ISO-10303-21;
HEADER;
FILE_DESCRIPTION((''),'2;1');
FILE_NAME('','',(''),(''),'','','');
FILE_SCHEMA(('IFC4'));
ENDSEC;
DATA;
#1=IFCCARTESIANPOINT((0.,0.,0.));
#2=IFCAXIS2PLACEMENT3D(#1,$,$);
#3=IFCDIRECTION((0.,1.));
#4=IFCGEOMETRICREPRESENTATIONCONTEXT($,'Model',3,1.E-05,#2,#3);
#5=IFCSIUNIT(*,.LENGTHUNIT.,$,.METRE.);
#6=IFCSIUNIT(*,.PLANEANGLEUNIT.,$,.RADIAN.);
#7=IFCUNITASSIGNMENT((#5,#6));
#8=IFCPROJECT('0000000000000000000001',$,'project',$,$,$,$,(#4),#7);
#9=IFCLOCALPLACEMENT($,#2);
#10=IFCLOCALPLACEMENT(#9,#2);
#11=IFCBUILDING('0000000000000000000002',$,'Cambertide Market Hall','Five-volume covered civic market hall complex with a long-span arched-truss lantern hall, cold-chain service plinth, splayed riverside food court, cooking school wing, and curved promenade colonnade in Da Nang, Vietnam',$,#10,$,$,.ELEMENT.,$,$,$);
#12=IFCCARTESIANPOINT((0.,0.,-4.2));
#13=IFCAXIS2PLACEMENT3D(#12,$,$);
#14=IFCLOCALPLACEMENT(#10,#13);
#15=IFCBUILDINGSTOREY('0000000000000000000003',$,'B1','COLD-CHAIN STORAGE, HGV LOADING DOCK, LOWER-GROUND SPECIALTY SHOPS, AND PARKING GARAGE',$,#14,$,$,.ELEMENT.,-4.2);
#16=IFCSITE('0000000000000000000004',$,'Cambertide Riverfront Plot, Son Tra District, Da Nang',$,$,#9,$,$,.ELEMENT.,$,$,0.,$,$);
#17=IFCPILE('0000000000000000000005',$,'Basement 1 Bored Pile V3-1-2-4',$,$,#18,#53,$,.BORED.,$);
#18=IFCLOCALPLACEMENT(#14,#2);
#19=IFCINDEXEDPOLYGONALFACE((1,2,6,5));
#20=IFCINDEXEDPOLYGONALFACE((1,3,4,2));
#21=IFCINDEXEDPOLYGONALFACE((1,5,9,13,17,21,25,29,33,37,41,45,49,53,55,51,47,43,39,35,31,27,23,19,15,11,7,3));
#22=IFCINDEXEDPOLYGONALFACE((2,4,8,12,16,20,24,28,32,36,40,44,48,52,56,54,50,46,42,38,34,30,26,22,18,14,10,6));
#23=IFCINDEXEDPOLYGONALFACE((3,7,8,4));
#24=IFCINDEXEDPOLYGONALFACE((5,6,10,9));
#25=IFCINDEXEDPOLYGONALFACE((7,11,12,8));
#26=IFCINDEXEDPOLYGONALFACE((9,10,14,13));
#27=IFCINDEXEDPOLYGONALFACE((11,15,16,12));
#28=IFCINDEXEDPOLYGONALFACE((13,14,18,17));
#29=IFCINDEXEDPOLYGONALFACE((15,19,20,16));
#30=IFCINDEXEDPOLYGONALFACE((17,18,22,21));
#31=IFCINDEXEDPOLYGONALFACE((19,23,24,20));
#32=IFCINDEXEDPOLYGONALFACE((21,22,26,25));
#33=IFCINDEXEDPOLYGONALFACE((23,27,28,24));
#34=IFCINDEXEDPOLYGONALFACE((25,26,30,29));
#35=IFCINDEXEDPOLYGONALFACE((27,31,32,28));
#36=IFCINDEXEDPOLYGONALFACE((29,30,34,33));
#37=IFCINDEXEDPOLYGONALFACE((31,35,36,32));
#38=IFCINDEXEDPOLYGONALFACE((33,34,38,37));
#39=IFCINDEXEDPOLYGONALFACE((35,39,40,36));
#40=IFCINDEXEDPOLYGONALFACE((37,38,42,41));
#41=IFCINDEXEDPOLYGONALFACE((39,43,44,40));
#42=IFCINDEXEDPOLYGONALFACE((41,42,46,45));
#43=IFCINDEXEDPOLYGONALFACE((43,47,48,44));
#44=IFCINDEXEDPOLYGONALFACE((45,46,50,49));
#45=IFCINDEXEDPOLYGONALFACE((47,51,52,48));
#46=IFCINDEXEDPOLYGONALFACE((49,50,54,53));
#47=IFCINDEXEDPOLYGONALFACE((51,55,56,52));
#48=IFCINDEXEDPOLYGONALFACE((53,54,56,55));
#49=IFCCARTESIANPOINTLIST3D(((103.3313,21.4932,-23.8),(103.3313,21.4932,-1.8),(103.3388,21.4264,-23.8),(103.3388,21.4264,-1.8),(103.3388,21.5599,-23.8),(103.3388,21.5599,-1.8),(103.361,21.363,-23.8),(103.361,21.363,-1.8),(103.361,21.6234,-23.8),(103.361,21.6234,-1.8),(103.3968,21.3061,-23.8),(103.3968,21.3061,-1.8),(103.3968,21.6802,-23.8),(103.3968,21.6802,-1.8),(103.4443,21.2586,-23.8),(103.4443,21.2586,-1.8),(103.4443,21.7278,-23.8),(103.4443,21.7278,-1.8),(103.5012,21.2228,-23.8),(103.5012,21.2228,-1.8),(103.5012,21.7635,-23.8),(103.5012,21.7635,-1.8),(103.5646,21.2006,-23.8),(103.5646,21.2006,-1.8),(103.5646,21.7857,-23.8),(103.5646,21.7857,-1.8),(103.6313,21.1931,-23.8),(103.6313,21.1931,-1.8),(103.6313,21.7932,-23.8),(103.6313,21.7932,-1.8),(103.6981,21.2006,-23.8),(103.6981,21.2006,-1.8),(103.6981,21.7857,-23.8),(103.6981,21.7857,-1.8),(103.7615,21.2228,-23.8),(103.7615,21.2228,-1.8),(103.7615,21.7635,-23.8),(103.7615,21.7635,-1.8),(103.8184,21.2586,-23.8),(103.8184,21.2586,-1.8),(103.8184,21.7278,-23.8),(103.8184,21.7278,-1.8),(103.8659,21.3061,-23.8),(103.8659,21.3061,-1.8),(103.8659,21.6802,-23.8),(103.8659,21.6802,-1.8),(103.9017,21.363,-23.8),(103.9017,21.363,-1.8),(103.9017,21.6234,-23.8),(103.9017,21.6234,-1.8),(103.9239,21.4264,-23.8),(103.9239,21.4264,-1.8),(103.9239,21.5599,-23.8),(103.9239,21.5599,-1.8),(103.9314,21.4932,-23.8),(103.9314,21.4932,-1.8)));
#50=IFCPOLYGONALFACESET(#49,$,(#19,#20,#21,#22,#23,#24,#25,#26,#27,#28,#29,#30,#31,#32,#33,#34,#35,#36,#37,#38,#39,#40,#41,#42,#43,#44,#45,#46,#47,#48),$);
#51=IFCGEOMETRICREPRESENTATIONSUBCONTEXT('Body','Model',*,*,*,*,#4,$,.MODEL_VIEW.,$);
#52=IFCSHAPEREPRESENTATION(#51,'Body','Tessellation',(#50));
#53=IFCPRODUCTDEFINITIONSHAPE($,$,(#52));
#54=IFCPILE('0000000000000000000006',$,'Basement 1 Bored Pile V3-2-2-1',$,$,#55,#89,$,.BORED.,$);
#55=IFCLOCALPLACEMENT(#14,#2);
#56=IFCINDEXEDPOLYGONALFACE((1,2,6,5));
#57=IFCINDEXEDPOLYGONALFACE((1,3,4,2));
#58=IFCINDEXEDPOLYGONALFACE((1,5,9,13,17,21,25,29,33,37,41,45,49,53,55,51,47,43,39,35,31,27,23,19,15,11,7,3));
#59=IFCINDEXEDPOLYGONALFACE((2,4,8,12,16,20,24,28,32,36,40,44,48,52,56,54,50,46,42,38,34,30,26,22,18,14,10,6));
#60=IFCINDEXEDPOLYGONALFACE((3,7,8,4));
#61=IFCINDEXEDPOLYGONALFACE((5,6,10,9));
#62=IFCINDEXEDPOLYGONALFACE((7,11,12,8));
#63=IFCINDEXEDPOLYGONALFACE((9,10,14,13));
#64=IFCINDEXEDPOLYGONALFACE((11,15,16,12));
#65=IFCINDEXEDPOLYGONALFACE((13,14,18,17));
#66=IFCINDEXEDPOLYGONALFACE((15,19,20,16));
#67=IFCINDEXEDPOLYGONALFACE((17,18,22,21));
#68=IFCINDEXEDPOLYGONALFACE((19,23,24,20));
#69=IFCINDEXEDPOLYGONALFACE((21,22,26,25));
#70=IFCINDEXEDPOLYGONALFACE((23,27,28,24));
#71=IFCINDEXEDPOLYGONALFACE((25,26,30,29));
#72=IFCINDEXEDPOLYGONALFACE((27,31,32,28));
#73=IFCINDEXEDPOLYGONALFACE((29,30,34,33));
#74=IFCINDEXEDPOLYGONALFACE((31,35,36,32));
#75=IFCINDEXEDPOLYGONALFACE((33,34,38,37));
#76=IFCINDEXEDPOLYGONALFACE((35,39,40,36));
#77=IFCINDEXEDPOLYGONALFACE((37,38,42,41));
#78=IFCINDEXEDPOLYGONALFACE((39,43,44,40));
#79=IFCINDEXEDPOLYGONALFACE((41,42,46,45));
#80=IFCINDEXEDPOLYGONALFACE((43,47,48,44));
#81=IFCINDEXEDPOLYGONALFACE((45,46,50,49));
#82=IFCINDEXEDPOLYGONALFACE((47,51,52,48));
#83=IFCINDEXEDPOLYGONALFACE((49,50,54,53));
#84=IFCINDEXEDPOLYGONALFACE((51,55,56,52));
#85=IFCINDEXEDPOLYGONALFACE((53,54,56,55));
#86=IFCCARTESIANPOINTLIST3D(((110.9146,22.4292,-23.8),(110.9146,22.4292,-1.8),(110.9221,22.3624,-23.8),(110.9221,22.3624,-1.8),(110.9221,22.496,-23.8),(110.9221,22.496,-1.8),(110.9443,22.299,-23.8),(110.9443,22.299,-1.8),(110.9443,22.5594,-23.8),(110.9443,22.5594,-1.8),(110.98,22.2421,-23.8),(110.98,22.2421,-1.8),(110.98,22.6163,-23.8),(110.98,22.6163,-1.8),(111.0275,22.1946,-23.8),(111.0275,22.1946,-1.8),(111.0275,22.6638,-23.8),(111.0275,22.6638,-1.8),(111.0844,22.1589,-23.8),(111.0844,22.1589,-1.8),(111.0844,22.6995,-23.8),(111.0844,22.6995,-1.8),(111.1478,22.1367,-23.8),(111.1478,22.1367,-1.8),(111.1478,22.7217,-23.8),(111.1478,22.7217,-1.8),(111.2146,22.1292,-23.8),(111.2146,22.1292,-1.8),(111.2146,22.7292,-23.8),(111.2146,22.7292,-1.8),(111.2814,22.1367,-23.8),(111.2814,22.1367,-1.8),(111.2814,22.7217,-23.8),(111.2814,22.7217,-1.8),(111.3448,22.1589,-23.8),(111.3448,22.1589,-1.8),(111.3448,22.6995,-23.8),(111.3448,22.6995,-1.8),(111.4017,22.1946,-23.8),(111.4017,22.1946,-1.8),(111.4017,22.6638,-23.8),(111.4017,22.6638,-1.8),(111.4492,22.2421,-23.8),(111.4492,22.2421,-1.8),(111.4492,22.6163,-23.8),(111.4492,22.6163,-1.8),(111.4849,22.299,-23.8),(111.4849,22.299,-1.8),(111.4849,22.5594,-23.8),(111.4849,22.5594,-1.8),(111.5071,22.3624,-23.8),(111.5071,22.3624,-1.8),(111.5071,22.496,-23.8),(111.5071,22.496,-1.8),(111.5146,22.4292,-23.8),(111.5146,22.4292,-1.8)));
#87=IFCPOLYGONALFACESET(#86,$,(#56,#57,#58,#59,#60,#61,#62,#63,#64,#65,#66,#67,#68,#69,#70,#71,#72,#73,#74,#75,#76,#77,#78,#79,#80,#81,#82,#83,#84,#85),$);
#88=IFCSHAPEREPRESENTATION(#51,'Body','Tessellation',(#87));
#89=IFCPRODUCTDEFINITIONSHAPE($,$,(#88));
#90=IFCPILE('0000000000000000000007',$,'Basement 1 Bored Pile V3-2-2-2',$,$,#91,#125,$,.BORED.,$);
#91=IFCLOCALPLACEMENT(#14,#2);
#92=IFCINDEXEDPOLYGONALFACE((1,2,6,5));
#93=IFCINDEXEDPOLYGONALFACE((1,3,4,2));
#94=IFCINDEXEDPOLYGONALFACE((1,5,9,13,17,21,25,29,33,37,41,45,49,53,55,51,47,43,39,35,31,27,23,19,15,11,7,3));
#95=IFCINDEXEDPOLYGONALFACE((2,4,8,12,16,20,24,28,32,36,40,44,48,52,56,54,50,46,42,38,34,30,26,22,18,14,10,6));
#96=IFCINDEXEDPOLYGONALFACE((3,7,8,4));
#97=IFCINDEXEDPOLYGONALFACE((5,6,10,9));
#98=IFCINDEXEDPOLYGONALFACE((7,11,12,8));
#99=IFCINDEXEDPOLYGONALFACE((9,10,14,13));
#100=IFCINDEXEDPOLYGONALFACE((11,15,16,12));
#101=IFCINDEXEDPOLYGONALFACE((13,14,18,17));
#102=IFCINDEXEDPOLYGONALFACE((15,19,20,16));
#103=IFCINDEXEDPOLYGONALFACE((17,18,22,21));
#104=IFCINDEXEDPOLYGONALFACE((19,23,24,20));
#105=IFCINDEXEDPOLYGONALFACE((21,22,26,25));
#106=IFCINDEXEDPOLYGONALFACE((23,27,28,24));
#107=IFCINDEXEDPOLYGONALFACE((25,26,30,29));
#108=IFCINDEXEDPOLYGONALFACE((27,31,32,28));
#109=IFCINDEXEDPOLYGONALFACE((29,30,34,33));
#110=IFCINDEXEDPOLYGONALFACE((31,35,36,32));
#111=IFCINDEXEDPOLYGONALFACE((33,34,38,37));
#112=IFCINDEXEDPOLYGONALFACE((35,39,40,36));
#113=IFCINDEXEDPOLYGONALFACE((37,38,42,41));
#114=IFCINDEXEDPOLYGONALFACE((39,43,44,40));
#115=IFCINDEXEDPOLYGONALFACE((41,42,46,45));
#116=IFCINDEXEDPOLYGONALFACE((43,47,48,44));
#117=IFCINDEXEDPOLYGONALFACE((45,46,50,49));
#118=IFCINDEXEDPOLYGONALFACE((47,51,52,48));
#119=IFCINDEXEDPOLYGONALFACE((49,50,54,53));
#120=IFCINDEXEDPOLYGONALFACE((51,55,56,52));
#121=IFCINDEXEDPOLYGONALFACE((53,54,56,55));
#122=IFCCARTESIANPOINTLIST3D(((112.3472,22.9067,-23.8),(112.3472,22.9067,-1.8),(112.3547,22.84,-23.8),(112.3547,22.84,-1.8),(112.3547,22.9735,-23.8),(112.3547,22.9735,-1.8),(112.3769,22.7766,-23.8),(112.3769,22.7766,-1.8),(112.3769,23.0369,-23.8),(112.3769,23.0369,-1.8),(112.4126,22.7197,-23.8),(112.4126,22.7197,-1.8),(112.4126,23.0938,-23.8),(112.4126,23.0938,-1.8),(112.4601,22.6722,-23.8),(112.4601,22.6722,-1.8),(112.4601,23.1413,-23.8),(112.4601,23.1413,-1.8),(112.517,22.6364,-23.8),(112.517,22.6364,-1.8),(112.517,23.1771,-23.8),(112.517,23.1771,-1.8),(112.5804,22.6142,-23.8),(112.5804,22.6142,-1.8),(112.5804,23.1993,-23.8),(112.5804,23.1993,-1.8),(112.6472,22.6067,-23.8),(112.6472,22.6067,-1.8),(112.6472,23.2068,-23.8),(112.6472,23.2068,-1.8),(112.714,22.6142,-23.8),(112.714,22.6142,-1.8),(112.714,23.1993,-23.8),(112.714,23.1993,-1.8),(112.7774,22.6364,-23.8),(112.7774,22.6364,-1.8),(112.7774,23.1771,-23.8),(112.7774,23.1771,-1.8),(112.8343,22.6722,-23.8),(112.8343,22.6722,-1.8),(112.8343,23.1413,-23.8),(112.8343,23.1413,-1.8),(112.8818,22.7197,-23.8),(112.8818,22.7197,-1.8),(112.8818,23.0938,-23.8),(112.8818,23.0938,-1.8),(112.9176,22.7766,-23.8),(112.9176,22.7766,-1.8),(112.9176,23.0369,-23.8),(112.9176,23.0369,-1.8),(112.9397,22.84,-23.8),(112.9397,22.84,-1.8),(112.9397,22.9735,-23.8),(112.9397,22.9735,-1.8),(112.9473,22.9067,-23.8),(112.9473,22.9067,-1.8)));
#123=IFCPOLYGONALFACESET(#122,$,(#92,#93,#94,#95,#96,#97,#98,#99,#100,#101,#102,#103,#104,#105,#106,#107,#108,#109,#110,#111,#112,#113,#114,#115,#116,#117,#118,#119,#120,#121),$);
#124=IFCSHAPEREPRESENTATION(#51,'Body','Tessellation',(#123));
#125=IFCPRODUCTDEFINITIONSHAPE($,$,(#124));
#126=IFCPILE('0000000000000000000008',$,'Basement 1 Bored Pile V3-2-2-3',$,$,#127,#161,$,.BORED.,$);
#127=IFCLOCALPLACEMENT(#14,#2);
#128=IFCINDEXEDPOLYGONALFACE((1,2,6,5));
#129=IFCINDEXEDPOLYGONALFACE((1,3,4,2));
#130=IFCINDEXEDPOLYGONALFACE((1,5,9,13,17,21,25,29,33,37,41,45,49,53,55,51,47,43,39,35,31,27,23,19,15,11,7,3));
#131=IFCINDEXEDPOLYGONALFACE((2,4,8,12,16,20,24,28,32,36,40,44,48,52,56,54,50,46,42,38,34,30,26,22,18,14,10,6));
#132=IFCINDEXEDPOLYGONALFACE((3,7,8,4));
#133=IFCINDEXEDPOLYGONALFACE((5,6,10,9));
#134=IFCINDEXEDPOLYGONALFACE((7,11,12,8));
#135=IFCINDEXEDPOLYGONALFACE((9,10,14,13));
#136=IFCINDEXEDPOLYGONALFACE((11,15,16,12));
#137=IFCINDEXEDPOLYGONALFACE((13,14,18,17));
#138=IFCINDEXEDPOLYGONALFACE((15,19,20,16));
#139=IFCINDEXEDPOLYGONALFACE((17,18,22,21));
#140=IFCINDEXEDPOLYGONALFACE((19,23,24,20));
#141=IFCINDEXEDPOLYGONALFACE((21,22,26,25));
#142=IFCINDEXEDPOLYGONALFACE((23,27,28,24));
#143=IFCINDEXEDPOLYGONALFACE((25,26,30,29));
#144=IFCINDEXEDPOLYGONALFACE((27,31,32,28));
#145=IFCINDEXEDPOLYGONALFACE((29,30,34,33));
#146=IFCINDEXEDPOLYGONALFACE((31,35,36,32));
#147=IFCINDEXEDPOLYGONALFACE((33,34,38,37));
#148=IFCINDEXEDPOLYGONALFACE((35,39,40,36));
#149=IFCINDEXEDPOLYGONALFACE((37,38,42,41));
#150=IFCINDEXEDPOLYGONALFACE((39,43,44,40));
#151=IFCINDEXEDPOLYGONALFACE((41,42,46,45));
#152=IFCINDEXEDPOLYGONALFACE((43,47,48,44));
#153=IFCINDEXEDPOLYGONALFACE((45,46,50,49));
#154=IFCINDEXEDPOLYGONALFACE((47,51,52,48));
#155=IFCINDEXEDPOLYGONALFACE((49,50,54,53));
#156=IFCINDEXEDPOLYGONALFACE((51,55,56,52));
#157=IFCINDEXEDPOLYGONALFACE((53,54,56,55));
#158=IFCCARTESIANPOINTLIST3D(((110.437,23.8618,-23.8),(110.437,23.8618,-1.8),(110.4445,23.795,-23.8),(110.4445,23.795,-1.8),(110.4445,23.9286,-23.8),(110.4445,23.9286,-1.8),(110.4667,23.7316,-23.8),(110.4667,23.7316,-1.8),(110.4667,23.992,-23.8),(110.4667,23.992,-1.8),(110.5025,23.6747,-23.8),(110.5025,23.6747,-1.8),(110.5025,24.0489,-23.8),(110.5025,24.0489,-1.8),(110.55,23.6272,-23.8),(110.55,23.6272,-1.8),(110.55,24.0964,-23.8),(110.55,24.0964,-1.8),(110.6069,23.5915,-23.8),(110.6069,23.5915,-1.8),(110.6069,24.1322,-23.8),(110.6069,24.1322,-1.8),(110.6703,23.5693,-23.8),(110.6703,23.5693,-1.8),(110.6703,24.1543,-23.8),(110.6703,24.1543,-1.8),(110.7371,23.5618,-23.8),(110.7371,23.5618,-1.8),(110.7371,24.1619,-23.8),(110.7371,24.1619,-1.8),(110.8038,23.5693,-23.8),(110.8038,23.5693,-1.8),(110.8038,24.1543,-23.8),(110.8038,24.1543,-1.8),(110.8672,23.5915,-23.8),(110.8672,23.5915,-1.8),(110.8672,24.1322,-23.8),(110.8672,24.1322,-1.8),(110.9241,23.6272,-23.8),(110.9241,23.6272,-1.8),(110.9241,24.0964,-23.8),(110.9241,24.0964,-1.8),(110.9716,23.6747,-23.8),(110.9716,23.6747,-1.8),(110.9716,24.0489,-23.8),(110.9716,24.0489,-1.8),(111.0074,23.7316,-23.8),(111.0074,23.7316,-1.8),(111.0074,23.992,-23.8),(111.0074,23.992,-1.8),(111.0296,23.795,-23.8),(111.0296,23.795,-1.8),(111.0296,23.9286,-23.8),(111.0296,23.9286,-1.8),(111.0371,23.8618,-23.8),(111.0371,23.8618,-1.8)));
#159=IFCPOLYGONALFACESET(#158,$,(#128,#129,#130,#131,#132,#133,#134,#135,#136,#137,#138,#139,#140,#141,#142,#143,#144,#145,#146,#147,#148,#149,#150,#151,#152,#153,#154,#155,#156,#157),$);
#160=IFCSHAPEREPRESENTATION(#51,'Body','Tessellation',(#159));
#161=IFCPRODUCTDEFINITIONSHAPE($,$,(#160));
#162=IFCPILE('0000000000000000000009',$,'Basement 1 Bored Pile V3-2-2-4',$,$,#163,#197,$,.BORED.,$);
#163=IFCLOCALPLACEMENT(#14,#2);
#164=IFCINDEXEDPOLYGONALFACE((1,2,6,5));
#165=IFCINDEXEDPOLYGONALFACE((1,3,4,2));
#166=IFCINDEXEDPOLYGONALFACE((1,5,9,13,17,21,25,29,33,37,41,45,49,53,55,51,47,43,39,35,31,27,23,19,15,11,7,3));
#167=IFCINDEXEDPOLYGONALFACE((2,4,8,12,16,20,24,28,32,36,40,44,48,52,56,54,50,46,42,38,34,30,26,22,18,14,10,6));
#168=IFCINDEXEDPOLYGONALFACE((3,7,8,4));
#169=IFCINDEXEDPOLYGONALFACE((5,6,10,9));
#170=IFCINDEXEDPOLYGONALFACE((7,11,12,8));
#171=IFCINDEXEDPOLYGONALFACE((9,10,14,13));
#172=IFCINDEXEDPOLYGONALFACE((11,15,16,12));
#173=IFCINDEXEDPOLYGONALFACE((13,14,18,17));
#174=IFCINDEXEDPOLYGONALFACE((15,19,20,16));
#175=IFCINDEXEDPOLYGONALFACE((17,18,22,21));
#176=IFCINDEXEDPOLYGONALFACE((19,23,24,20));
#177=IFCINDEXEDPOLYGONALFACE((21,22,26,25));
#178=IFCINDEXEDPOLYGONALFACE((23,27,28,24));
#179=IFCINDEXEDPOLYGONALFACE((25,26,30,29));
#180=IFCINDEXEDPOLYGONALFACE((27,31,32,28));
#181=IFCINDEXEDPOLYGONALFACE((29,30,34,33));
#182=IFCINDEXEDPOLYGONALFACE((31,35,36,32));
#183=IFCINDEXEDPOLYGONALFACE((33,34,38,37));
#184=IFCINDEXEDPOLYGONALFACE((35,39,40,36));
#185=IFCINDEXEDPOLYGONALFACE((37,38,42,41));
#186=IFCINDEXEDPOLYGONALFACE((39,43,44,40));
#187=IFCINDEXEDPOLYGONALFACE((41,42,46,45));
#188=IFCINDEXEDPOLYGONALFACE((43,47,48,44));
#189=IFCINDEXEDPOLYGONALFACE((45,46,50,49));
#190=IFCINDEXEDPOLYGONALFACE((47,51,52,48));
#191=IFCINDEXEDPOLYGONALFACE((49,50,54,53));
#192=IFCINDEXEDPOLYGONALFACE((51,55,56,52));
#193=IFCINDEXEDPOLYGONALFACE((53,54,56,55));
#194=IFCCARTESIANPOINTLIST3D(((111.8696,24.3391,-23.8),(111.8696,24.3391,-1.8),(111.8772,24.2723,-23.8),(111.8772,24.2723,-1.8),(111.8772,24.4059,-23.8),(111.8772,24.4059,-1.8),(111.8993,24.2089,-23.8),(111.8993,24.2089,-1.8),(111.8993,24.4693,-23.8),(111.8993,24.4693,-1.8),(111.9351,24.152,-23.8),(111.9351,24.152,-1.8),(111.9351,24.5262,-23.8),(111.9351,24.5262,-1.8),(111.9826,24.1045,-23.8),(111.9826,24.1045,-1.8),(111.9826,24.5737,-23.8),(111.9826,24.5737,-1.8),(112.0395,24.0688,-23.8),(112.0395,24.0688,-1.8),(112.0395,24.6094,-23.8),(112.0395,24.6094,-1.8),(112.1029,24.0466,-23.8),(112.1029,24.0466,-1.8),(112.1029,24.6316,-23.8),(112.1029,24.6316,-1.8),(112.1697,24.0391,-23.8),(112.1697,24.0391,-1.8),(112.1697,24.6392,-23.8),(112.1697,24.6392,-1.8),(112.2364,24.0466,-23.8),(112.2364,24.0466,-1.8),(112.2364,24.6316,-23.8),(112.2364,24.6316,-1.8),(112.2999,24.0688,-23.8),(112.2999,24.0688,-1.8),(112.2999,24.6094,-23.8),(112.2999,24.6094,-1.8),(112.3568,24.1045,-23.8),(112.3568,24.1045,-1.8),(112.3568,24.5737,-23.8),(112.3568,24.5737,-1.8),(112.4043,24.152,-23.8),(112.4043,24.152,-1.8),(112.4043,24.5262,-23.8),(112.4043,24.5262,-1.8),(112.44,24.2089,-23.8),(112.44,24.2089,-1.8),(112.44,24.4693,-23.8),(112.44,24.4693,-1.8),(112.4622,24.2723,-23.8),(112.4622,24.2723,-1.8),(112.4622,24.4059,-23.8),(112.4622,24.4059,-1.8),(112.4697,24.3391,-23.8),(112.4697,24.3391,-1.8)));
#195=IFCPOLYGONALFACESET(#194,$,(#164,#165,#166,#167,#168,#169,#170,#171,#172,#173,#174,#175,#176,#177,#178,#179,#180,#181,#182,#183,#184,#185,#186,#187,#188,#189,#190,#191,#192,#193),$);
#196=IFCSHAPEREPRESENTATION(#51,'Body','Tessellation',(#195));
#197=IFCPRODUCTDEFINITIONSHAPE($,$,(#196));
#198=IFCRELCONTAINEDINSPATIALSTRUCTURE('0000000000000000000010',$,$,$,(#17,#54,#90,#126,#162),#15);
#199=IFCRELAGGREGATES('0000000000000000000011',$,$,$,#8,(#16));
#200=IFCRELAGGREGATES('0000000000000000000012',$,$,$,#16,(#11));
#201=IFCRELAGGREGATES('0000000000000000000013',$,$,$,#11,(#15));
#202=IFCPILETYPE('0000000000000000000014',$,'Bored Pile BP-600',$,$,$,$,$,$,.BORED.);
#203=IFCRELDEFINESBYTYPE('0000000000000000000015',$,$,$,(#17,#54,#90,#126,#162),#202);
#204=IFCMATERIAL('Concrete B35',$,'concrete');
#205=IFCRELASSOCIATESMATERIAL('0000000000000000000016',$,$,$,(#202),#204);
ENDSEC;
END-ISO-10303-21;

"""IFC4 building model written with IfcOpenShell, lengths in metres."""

from ifc_helpers import new_model, si_unit, direction, frame, origin, origin_2d, place, context, subcontext, project, spatial, circle, extrude, material, material_profile, profile_set, type_object, element, save


model = new_model("IFC4")

# Units and contexts
model_context = context("Model", 3, precision=1e-05, world=origin(), true_north=direction((0.0, 1.0)))
body_context = subcontext(model_context, "Body", "Model", "MODEL_VIEW")
ifc_project = project(units=[si_unit("LENGTHUNIT", "METRE"), si_unit("PLANEANGLEUNIT", "RADIAN")], contexts=[model_context])

# Site, building, storey
site_placement = place(None, origin())
site = spatial("IfcSite", under=ifc_project, at=site_placement, Name="Cambertide Riverfront Plot, Son Tra District, Da Nang", CompositionType="ELEMENT", RefElevation=0.0)
building_placement = place(site_placement, origin())
building = spatial("IfcBuilding", under=site, at=building_placement, Name="Cambertide Market Hall", Description="Five-volume covered civic market hall complex with a long-span arched-truss lantern hall, cold-chain service plinth, splayed riverside food court, cooking school wing, and curved promenade colonnade in Da Nang, Vietnam", CompositionType="ELEMENT")
storey_placement = place(building_placement, frame((0.0, 0.0, -4.2)))
storey = spatial("IfcBuildingStorey", under=building, at=storey_placement, Name="B1", Description="COLD-CHAIN STORAGE, HGV LOADING DOCK, LOWER-GROUND SPECIALTY SHOPS, AND PARKING GARAGE", CompositionType="ELEMENT", Elevation=-4.2)

# Piles
ifc_material_1 = material(Name="Concrete B35", Category="concrete")
ifc_material_profile_1 = material_profile(ifc_material_1, circle(Radius=0.3, at=origin_2d()), Name="BP D600")
ifc_profile_set_1 = profile_set([ifc_material_profile_1], Name="Concrete B35")
pile_type = type_object("IfcPileType", Name="Bored Pile BP-600", PredefinedType="BORED", material=ifc_profile_set_1)
for number, where, z_axis, x_axis, name in (
    (1, (103.6313, 21.4932, -1.8), (0.0, 0.0, -1.0), (1.0, 0.0, 0.0), "Basement 1 Bored Pile V3-1-2-4"),
    (2, (111.2146, 22.4292, -1.8), (0.0, 0.0, -1.0), (1.0, 0.0, 0.0), "Basement 1 Bored Pile V3-2-2-1"),
    (3, (112.6472, 22.9067, -1.8), (0.0, 0.0, -1.0), (1.0, 0.0, 0.0), "Basement 1 Bored Pile V3-2-2-2"),
    (4, (110.7371, 23.8618, -1.8), (0.0, 0.0, -1.0), (1.0, 0.0, 0.0), "Basement 1 Bored Pile V3-2-2-3"),
    (5, (112.1697, 24.3391, -1.8), (0.0, 0.0, -1.0), (1.0, 0.0, 0.0), "Basement 1 Bored Pile V3-2-2-4"),
):
    element("IfcPile", number, at=place(storey_placement, frame(where, z_axis=z_axis, x_axis=x_axis)), inside=storey, type_object=pile_type, Name=name, PredefinedType="BORED", context=body_context, shape_type="SweptSolid", body=[
        extrude(circle(Radius=0.3, at=origin_2d()), origin(), (0.0, 0.0, 1.0), 22.0),
    ])

save(model, "model.ifc")
